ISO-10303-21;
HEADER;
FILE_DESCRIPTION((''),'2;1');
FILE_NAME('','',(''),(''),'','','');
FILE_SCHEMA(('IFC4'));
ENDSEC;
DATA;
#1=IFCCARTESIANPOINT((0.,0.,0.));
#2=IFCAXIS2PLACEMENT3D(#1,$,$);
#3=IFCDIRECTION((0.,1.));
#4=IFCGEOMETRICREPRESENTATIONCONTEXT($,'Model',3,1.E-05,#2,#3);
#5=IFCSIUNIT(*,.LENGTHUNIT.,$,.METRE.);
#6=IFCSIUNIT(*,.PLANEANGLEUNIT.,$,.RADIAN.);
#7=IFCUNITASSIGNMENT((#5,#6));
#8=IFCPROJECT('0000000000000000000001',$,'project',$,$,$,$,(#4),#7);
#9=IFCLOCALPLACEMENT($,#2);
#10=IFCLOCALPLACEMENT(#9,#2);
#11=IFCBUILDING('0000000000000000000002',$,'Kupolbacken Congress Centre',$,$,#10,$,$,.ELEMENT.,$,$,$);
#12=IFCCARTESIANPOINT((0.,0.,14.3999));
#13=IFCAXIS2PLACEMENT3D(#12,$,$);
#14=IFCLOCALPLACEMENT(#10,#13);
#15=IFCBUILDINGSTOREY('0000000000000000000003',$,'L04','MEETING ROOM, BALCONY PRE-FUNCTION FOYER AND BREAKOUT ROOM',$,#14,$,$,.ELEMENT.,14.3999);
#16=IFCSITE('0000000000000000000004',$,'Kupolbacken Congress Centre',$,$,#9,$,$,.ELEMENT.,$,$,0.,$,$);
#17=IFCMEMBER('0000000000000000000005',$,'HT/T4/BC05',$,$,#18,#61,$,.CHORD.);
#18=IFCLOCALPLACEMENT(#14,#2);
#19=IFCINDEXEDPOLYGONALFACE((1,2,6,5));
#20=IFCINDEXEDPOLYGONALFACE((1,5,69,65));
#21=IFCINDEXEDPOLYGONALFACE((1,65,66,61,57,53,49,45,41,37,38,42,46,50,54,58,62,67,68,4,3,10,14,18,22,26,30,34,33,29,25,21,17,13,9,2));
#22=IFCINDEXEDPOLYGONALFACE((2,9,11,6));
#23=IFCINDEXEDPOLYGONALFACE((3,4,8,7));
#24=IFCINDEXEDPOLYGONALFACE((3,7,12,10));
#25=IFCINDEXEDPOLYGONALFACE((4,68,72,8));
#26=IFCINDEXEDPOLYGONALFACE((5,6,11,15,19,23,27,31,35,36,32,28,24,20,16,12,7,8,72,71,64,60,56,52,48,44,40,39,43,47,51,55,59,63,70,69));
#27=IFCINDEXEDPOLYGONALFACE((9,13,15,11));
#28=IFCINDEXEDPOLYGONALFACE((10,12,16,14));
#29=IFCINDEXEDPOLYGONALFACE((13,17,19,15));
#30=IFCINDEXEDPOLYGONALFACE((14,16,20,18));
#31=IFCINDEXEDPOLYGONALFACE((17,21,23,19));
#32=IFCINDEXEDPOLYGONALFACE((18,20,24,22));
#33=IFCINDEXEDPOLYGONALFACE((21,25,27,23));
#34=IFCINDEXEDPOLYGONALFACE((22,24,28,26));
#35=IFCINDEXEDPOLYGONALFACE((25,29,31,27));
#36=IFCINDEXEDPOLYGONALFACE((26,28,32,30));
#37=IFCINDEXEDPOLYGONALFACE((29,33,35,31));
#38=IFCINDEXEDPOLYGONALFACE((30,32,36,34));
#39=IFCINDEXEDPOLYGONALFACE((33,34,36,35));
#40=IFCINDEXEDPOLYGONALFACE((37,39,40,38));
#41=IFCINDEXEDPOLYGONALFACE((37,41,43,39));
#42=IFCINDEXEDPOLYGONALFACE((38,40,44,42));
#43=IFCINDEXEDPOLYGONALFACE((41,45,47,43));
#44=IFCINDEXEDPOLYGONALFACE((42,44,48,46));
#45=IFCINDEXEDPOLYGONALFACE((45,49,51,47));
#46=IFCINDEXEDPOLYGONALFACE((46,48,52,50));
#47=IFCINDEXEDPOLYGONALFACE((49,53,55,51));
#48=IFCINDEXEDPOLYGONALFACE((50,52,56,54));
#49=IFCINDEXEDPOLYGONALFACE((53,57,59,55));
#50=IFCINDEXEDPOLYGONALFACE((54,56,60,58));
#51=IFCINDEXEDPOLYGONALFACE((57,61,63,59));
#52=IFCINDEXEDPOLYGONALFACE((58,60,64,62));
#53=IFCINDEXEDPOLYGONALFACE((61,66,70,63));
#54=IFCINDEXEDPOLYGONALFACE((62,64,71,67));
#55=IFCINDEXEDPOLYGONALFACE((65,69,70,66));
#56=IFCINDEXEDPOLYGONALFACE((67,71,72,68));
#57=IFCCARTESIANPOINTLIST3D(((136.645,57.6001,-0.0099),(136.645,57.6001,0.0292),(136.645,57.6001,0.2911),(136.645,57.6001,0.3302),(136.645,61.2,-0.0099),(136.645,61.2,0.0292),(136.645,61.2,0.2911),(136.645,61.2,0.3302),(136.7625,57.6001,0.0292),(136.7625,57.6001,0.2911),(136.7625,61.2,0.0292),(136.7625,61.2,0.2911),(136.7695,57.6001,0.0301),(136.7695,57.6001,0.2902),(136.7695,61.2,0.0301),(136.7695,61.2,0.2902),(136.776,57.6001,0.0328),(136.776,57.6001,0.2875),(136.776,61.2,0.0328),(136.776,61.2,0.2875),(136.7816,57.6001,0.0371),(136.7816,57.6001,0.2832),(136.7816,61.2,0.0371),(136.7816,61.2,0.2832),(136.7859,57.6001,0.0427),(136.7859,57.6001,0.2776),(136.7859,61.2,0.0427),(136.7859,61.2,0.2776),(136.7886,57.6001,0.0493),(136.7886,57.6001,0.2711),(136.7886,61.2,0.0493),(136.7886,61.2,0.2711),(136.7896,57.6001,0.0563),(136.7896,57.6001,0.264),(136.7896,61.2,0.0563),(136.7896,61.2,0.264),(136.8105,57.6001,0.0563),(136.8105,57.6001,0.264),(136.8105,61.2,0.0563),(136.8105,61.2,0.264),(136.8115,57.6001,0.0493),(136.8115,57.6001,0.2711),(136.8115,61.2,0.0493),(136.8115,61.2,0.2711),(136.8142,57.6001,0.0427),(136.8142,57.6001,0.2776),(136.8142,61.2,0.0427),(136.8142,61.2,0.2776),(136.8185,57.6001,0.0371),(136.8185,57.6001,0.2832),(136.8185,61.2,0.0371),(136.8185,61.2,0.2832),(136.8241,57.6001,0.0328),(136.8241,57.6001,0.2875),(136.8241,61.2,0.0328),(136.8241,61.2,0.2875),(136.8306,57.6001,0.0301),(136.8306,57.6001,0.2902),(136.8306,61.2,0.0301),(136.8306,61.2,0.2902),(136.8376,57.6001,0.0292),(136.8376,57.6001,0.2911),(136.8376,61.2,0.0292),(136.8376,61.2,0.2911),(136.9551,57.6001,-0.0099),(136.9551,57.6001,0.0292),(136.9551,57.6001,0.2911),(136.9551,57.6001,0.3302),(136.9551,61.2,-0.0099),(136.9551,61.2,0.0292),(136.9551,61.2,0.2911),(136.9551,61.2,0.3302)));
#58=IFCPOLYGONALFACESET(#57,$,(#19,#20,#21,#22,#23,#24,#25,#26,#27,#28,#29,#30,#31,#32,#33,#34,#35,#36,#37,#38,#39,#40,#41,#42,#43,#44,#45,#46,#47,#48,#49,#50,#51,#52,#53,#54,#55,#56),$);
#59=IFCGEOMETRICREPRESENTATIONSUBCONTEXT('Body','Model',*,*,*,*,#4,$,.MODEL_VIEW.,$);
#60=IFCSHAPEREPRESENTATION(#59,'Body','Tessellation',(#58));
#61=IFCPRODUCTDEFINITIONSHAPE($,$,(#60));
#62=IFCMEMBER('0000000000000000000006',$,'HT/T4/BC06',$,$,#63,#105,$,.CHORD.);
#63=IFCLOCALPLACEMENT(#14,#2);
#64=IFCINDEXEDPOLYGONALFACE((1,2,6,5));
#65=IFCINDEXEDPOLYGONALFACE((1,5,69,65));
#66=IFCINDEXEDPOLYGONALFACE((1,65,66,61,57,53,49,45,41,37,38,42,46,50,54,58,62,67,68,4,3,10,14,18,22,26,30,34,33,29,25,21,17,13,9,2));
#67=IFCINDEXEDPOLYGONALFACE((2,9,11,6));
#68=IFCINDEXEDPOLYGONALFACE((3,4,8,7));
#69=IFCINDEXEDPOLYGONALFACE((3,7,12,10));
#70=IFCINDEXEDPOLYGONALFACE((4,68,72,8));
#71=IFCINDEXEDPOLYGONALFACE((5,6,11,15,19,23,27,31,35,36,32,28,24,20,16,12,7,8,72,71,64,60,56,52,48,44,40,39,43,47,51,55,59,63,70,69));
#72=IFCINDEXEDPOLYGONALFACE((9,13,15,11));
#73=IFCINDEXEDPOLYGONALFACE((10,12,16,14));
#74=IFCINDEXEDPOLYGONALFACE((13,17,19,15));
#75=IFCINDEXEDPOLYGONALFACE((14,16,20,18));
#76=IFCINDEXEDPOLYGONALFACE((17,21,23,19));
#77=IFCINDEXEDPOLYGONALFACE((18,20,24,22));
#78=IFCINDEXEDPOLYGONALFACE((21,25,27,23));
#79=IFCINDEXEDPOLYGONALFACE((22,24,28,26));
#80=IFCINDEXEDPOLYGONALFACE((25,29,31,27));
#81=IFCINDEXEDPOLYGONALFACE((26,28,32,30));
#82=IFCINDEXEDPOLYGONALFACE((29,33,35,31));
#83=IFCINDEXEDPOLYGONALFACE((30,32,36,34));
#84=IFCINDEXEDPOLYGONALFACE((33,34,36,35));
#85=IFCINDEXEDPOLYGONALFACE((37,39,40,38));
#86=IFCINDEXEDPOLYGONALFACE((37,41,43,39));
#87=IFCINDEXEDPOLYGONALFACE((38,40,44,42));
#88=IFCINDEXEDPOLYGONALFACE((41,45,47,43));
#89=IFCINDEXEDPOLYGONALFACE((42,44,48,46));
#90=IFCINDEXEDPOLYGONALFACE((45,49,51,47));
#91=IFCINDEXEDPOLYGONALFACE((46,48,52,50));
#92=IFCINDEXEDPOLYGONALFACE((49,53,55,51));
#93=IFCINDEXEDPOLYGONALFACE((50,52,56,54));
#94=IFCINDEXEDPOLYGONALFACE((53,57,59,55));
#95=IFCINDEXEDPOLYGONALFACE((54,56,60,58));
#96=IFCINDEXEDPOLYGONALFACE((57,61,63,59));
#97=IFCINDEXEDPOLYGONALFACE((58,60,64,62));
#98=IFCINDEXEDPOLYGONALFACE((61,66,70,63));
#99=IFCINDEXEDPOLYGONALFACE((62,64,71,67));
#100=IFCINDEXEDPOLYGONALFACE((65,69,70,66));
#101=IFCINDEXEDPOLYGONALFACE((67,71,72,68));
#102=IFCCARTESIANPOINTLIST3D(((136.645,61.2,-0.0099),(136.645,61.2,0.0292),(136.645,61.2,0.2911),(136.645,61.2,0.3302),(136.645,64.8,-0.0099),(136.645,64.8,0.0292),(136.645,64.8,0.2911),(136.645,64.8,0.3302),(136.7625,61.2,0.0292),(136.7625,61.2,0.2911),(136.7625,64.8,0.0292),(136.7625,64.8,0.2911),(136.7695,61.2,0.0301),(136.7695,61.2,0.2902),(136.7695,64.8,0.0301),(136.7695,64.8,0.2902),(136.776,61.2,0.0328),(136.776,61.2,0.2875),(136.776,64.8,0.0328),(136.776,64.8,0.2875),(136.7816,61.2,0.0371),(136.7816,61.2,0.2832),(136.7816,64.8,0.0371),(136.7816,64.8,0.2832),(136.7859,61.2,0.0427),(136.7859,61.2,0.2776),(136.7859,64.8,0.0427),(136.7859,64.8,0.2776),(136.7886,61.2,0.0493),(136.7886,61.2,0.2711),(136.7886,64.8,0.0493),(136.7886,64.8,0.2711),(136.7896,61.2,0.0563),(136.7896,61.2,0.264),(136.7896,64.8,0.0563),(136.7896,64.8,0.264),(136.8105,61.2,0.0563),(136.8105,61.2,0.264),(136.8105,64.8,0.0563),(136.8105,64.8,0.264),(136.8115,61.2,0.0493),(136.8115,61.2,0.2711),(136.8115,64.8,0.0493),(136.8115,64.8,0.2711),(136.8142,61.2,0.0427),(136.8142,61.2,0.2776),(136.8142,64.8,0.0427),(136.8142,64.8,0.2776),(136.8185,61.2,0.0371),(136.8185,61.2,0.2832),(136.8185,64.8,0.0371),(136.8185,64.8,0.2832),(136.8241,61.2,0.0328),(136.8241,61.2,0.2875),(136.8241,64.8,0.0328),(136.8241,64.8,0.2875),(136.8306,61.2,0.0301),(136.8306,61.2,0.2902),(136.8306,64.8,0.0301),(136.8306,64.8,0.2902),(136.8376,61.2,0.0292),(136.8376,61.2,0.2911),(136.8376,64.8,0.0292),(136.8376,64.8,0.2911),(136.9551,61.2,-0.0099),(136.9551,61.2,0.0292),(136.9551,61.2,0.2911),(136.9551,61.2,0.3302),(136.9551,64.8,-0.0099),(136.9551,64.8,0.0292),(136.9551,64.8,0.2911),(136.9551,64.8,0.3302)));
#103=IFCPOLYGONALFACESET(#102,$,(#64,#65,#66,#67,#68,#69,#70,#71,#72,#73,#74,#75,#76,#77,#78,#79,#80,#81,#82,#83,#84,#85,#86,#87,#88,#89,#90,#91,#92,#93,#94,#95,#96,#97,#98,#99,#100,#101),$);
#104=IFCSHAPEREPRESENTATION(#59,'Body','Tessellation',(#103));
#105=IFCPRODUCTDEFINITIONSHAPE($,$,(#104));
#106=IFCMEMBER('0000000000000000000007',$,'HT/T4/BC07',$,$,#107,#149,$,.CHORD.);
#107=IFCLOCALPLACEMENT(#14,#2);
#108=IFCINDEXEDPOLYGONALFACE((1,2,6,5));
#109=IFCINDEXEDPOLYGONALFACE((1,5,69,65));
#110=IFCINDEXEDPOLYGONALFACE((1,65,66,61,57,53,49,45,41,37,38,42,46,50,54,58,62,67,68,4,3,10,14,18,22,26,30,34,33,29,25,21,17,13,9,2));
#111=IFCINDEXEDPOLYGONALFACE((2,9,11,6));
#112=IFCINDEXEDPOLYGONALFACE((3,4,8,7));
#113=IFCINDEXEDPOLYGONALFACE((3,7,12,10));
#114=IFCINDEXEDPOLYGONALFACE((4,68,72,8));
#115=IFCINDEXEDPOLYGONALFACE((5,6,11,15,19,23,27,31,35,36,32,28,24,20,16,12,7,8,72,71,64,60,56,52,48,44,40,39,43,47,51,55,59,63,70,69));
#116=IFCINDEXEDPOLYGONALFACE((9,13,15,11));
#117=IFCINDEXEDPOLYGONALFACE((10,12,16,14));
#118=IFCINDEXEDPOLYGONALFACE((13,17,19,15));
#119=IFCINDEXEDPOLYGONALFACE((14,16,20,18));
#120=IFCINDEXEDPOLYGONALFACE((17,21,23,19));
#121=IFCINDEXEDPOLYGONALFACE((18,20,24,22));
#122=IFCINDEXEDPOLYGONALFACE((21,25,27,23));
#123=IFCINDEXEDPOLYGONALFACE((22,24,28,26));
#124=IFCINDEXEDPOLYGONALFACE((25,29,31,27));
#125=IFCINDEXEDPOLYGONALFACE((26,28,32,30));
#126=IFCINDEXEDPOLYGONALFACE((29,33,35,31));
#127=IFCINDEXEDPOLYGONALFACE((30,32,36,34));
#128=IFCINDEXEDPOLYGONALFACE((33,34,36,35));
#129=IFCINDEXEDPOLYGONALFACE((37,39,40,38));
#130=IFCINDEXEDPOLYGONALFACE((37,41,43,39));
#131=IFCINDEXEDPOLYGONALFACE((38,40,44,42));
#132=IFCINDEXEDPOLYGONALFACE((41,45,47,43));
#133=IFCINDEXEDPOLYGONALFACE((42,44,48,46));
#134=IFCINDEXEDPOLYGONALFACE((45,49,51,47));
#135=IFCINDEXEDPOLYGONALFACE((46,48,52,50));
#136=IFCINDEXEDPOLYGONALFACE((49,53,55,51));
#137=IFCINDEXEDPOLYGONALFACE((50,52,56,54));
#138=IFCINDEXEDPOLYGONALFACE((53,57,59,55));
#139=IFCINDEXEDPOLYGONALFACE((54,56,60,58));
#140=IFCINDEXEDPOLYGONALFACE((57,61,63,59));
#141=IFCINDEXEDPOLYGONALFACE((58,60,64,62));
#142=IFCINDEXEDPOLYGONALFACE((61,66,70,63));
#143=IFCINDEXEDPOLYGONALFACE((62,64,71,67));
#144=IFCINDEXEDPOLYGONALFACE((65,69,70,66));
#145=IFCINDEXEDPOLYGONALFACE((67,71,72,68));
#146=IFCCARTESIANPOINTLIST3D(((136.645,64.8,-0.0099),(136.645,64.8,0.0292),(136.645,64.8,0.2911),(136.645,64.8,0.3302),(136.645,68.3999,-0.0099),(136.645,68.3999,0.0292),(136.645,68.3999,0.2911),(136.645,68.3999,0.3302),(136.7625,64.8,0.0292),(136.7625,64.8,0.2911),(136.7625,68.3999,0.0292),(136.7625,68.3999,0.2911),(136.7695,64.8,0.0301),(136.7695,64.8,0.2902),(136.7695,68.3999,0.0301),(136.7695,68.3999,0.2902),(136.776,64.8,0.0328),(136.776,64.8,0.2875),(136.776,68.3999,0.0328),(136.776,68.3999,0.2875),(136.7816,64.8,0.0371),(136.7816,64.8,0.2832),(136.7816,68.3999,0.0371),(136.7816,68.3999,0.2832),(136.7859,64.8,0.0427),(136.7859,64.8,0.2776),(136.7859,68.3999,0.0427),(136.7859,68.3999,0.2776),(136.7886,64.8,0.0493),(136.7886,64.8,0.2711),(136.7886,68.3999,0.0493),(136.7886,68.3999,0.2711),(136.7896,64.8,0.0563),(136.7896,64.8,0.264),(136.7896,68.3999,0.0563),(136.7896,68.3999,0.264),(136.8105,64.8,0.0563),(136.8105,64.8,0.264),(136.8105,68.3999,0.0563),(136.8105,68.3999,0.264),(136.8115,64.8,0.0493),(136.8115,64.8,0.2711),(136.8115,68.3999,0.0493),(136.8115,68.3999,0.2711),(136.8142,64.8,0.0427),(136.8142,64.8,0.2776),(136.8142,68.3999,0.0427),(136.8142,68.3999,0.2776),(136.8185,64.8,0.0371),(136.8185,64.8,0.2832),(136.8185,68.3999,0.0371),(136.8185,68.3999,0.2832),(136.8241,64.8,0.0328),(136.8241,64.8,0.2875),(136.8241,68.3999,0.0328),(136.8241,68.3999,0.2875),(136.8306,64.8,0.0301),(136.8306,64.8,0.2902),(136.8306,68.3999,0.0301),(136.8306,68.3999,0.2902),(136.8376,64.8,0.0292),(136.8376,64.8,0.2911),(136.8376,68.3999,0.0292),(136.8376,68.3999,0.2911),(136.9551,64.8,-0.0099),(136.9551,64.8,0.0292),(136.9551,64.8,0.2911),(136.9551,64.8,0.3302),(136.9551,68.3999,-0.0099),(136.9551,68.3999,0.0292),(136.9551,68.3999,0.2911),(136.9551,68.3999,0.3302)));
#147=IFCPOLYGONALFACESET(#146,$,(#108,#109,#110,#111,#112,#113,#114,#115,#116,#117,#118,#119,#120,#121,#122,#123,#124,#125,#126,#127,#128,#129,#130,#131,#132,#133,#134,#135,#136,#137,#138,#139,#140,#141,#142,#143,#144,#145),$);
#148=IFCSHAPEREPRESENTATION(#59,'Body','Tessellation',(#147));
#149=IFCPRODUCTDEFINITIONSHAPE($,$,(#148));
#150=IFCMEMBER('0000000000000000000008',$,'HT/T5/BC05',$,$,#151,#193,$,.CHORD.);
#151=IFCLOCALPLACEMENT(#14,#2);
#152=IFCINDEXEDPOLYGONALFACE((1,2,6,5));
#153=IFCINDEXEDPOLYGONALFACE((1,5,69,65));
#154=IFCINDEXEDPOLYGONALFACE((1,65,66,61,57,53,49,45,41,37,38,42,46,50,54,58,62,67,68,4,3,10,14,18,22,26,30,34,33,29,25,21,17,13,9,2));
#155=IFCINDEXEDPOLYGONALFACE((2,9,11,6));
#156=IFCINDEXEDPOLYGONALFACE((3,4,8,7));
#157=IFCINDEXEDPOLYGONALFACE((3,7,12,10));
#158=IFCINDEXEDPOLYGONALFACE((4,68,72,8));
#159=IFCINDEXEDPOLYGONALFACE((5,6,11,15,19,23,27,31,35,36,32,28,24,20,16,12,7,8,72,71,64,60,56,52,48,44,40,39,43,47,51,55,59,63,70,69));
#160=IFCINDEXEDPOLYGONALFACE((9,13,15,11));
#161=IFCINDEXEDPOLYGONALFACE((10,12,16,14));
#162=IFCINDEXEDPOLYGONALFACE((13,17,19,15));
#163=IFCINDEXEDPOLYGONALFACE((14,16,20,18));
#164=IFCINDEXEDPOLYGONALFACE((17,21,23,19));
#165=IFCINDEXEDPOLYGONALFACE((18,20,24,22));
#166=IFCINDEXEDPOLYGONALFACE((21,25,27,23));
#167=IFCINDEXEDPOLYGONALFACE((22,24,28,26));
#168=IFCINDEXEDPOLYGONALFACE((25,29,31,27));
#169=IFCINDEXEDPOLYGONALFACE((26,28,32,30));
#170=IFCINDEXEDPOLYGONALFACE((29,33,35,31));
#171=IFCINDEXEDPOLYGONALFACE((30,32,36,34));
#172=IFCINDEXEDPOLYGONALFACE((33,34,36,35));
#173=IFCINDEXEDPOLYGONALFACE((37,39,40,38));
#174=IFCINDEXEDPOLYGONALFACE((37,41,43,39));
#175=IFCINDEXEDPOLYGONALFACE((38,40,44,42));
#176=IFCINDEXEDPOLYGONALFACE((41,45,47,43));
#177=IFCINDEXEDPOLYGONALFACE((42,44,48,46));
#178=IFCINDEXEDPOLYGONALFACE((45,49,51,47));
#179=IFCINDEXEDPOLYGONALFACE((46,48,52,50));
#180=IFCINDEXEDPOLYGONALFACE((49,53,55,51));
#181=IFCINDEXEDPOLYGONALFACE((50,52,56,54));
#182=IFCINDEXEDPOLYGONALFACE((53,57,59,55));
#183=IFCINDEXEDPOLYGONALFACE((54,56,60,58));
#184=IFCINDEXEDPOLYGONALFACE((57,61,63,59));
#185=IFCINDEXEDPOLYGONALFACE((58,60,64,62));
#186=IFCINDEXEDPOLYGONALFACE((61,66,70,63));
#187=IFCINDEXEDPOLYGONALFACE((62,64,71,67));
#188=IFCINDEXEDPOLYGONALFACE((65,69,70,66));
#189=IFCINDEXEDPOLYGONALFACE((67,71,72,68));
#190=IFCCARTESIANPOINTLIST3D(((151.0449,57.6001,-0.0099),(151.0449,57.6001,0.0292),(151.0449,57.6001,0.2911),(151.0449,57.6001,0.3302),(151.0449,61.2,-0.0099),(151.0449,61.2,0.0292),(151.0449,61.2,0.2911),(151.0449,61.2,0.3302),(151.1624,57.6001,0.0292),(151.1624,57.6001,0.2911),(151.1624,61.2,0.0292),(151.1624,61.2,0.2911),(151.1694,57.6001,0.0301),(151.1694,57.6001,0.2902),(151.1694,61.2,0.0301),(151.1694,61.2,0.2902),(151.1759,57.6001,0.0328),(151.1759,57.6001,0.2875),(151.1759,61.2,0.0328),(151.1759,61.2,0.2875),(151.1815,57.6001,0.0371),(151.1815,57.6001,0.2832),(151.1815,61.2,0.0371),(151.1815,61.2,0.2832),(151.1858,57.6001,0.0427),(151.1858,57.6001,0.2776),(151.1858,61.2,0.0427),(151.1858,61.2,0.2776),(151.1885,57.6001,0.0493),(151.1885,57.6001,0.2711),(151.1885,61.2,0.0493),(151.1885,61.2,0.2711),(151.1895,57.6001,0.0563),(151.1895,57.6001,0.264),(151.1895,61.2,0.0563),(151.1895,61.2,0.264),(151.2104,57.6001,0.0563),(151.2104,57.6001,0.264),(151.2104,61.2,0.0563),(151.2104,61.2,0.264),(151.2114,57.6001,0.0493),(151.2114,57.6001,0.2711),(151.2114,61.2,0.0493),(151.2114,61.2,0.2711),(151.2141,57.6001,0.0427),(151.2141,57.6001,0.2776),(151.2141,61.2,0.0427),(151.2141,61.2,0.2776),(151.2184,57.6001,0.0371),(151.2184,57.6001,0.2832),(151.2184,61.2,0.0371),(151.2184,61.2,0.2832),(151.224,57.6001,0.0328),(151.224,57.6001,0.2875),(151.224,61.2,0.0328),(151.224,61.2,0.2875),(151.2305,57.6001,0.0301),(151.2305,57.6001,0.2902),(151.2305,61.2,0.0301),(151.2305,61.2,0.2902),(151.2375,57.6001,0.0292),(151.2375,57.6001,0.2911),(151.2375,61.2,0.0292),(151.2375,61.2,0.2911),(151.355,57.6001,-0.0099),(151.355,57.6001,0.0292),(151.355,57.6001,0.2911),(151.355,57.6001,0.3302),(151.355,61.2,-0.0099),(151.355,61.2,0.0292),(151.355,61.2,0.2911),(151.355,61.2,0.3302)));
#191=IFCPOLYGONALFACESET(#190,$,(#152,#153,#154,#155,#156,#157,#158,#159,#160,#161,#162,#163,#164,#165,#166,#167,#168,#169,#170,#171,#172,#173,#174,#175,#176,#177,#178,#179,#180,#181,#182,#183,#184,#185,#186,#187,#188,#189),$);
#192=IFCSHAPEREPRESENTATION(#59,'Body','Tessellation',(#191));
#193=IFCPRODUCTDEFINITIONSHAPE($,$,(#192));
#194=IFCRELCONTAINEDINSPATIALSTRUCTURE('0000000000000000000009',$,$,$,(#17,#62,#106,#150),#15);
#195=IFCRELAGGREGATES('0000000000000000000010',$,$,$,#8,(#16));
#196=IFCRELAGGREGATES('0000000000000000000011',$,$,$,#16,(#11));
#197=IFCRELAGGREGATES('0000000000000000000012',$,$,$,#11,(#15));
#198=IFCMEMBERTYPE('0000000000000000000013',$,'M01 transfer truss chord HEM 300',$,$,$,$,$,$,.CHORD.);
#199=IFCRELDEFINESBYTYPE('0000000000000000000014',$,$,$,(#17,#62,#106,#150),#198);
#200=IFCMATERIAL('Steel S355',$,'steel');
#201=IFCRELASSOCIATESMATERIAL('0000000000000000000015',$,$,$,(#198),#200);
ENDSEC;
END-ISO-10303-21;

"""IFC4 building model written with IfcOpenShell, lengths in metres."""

from ifc_helpers import new_model, si_unit, direction, frame, origin, origin_2d, place, context, subcontext, project, spatial, i_section, extrude, material, material_profile, profile_set, type_object, element, save


model = new_model("IFC4")

# Units and contexts
model_context = context("Model", 3, precision=1e-05, world=origin(), true_north=direction((0.0, 1.0)))
body_context = subcontext(model_context, "Body", "Model", "MODEL_VIEW")
ifc_project = project(units=[si_unit("LENGTHUNIT", "METRE"), si_unit("PLANEANGLEUNIT", "RADIAN")], contexts=[model_context])

# Site, building, storey
site_placement = place(None, origin())
site = spatial("IfcSite", under=ifc_project, at=site_placement, Name="Kupolbacken Congress Centre", CompositionType="ELEMENT", RefElevation=0.0)
building_placement = place(site_placement, origin())
building = spatial("IfcBuilding", under=site, at=building_placement, Name="Kupolbacken Congress Centre", CompositionType="ELEMENT")
storey_placement = place(building_placement, frame((0.0, 0.0, 14.3999)))
storey = spatial("IfcBuildingStorey", under=building, at=storey_placement, Name="L04", Description="MEETING ROOM, BALCONY PRE-FUNCTION FOYER AND BREAKOUT ROOM", CompositionType="ELEMENT", Elevation=14.3999)

# Members
ifc_material_1 = material(Name="Steel S355", Category="steel")
ifc_material_profile_1 = material_profile(ifc_material_1, i_section(OverallWidth=0.3101, OverallDepth=0.3401, WebThickness=0.021, FlangeThickness=0.0391, FilletRadius=0.0271, at=origin_2d()), Name="HEM 300")
ifc_profile_set_1 = profile_set([ifc_material_profile_1], Name="Steel S355")
member_type_1 = type_object("IfcMemberType", Name="M01 transfer truss chord HEM 300", PredefinedType="CHORD", material=ifc_profile_set_1)
member_1_placement = place(storey_placement, frame((136.8, 57.6001, 0.1602), z_axis=(0.0, 1.0, 0.0), x_axis=(-1.0, 0.0, 0.0)))
element("IfcMember", 1, at=member_1_placement, inside=storey, type_object=member_type_1, Name="HT/T4/BC05", PredefinedType="CHORD", context=body_context, shape_type="SweptSolid", body=[
    extrude(i_section(OverallWidth=0.3101, OverallDepth=0.3401, WebThickness=0.021, FlangeThickness=0.0391, FilletRadius=0.0271, at=origin_2d()), origin(), (0.0, 0.0, 1.0), 3.5999),
])
member_2_placement = place(storey_placement, frame((136.8, 61.2, 0.1602), z_axis=(0.0, 1.0, 0.0), x_axis=(-1.0, 0.0, 0.0)))
element("IfcMember", 2, at=member_2_placement, inside=storey, type_object=member_type_1, Name="HT/T4/BC06", PredefinedType="CHORD", context=body_context, shape_type="SweptSolid", body=[
    extrude(i_section(OverallWidth=0.3101, OverallDepth=0.3401, WebThickness=0.021, FlangeThickness=0.0391, FilletRadius=0.0271, at=origin_2d()), origin(), (0.0, 0.0, 1.0), 3.6001),
])
for number, where, z_axis, x_axis, name in (
    (3, (136.8, 64.8, 0.1602), (0.0, 1.0, 0.0), (-1.0, 0.0, 0.0), "HT/T4/BC07"),
    (4, (151.2, 57.6001, 0.1602), (0.0, 1.0, 0.0), (-1.0, 0.0, 0.0), "HT/T5/BC05"),
):
    element("IfcMember", number, at=place(storey_placement, frame(where, z_axis=z_axis, x_axis=x_axis)), inside=storey, type_object=member_type_1, Name=name, PredefinedType="CHORD", context=body_context, shape_type="SweptSolid", body=[
        extrude(i_section(OverallWidth=0.3101, OverallDepth=0.3401, WebThickness=0.021, FlangeThickness=0.0391, FilletRadius=0.0271, at=origin_2d()), origin(), (0.0, 0.0, 1.0), 3.5999),
    ])

save(model, "model.ifc")
